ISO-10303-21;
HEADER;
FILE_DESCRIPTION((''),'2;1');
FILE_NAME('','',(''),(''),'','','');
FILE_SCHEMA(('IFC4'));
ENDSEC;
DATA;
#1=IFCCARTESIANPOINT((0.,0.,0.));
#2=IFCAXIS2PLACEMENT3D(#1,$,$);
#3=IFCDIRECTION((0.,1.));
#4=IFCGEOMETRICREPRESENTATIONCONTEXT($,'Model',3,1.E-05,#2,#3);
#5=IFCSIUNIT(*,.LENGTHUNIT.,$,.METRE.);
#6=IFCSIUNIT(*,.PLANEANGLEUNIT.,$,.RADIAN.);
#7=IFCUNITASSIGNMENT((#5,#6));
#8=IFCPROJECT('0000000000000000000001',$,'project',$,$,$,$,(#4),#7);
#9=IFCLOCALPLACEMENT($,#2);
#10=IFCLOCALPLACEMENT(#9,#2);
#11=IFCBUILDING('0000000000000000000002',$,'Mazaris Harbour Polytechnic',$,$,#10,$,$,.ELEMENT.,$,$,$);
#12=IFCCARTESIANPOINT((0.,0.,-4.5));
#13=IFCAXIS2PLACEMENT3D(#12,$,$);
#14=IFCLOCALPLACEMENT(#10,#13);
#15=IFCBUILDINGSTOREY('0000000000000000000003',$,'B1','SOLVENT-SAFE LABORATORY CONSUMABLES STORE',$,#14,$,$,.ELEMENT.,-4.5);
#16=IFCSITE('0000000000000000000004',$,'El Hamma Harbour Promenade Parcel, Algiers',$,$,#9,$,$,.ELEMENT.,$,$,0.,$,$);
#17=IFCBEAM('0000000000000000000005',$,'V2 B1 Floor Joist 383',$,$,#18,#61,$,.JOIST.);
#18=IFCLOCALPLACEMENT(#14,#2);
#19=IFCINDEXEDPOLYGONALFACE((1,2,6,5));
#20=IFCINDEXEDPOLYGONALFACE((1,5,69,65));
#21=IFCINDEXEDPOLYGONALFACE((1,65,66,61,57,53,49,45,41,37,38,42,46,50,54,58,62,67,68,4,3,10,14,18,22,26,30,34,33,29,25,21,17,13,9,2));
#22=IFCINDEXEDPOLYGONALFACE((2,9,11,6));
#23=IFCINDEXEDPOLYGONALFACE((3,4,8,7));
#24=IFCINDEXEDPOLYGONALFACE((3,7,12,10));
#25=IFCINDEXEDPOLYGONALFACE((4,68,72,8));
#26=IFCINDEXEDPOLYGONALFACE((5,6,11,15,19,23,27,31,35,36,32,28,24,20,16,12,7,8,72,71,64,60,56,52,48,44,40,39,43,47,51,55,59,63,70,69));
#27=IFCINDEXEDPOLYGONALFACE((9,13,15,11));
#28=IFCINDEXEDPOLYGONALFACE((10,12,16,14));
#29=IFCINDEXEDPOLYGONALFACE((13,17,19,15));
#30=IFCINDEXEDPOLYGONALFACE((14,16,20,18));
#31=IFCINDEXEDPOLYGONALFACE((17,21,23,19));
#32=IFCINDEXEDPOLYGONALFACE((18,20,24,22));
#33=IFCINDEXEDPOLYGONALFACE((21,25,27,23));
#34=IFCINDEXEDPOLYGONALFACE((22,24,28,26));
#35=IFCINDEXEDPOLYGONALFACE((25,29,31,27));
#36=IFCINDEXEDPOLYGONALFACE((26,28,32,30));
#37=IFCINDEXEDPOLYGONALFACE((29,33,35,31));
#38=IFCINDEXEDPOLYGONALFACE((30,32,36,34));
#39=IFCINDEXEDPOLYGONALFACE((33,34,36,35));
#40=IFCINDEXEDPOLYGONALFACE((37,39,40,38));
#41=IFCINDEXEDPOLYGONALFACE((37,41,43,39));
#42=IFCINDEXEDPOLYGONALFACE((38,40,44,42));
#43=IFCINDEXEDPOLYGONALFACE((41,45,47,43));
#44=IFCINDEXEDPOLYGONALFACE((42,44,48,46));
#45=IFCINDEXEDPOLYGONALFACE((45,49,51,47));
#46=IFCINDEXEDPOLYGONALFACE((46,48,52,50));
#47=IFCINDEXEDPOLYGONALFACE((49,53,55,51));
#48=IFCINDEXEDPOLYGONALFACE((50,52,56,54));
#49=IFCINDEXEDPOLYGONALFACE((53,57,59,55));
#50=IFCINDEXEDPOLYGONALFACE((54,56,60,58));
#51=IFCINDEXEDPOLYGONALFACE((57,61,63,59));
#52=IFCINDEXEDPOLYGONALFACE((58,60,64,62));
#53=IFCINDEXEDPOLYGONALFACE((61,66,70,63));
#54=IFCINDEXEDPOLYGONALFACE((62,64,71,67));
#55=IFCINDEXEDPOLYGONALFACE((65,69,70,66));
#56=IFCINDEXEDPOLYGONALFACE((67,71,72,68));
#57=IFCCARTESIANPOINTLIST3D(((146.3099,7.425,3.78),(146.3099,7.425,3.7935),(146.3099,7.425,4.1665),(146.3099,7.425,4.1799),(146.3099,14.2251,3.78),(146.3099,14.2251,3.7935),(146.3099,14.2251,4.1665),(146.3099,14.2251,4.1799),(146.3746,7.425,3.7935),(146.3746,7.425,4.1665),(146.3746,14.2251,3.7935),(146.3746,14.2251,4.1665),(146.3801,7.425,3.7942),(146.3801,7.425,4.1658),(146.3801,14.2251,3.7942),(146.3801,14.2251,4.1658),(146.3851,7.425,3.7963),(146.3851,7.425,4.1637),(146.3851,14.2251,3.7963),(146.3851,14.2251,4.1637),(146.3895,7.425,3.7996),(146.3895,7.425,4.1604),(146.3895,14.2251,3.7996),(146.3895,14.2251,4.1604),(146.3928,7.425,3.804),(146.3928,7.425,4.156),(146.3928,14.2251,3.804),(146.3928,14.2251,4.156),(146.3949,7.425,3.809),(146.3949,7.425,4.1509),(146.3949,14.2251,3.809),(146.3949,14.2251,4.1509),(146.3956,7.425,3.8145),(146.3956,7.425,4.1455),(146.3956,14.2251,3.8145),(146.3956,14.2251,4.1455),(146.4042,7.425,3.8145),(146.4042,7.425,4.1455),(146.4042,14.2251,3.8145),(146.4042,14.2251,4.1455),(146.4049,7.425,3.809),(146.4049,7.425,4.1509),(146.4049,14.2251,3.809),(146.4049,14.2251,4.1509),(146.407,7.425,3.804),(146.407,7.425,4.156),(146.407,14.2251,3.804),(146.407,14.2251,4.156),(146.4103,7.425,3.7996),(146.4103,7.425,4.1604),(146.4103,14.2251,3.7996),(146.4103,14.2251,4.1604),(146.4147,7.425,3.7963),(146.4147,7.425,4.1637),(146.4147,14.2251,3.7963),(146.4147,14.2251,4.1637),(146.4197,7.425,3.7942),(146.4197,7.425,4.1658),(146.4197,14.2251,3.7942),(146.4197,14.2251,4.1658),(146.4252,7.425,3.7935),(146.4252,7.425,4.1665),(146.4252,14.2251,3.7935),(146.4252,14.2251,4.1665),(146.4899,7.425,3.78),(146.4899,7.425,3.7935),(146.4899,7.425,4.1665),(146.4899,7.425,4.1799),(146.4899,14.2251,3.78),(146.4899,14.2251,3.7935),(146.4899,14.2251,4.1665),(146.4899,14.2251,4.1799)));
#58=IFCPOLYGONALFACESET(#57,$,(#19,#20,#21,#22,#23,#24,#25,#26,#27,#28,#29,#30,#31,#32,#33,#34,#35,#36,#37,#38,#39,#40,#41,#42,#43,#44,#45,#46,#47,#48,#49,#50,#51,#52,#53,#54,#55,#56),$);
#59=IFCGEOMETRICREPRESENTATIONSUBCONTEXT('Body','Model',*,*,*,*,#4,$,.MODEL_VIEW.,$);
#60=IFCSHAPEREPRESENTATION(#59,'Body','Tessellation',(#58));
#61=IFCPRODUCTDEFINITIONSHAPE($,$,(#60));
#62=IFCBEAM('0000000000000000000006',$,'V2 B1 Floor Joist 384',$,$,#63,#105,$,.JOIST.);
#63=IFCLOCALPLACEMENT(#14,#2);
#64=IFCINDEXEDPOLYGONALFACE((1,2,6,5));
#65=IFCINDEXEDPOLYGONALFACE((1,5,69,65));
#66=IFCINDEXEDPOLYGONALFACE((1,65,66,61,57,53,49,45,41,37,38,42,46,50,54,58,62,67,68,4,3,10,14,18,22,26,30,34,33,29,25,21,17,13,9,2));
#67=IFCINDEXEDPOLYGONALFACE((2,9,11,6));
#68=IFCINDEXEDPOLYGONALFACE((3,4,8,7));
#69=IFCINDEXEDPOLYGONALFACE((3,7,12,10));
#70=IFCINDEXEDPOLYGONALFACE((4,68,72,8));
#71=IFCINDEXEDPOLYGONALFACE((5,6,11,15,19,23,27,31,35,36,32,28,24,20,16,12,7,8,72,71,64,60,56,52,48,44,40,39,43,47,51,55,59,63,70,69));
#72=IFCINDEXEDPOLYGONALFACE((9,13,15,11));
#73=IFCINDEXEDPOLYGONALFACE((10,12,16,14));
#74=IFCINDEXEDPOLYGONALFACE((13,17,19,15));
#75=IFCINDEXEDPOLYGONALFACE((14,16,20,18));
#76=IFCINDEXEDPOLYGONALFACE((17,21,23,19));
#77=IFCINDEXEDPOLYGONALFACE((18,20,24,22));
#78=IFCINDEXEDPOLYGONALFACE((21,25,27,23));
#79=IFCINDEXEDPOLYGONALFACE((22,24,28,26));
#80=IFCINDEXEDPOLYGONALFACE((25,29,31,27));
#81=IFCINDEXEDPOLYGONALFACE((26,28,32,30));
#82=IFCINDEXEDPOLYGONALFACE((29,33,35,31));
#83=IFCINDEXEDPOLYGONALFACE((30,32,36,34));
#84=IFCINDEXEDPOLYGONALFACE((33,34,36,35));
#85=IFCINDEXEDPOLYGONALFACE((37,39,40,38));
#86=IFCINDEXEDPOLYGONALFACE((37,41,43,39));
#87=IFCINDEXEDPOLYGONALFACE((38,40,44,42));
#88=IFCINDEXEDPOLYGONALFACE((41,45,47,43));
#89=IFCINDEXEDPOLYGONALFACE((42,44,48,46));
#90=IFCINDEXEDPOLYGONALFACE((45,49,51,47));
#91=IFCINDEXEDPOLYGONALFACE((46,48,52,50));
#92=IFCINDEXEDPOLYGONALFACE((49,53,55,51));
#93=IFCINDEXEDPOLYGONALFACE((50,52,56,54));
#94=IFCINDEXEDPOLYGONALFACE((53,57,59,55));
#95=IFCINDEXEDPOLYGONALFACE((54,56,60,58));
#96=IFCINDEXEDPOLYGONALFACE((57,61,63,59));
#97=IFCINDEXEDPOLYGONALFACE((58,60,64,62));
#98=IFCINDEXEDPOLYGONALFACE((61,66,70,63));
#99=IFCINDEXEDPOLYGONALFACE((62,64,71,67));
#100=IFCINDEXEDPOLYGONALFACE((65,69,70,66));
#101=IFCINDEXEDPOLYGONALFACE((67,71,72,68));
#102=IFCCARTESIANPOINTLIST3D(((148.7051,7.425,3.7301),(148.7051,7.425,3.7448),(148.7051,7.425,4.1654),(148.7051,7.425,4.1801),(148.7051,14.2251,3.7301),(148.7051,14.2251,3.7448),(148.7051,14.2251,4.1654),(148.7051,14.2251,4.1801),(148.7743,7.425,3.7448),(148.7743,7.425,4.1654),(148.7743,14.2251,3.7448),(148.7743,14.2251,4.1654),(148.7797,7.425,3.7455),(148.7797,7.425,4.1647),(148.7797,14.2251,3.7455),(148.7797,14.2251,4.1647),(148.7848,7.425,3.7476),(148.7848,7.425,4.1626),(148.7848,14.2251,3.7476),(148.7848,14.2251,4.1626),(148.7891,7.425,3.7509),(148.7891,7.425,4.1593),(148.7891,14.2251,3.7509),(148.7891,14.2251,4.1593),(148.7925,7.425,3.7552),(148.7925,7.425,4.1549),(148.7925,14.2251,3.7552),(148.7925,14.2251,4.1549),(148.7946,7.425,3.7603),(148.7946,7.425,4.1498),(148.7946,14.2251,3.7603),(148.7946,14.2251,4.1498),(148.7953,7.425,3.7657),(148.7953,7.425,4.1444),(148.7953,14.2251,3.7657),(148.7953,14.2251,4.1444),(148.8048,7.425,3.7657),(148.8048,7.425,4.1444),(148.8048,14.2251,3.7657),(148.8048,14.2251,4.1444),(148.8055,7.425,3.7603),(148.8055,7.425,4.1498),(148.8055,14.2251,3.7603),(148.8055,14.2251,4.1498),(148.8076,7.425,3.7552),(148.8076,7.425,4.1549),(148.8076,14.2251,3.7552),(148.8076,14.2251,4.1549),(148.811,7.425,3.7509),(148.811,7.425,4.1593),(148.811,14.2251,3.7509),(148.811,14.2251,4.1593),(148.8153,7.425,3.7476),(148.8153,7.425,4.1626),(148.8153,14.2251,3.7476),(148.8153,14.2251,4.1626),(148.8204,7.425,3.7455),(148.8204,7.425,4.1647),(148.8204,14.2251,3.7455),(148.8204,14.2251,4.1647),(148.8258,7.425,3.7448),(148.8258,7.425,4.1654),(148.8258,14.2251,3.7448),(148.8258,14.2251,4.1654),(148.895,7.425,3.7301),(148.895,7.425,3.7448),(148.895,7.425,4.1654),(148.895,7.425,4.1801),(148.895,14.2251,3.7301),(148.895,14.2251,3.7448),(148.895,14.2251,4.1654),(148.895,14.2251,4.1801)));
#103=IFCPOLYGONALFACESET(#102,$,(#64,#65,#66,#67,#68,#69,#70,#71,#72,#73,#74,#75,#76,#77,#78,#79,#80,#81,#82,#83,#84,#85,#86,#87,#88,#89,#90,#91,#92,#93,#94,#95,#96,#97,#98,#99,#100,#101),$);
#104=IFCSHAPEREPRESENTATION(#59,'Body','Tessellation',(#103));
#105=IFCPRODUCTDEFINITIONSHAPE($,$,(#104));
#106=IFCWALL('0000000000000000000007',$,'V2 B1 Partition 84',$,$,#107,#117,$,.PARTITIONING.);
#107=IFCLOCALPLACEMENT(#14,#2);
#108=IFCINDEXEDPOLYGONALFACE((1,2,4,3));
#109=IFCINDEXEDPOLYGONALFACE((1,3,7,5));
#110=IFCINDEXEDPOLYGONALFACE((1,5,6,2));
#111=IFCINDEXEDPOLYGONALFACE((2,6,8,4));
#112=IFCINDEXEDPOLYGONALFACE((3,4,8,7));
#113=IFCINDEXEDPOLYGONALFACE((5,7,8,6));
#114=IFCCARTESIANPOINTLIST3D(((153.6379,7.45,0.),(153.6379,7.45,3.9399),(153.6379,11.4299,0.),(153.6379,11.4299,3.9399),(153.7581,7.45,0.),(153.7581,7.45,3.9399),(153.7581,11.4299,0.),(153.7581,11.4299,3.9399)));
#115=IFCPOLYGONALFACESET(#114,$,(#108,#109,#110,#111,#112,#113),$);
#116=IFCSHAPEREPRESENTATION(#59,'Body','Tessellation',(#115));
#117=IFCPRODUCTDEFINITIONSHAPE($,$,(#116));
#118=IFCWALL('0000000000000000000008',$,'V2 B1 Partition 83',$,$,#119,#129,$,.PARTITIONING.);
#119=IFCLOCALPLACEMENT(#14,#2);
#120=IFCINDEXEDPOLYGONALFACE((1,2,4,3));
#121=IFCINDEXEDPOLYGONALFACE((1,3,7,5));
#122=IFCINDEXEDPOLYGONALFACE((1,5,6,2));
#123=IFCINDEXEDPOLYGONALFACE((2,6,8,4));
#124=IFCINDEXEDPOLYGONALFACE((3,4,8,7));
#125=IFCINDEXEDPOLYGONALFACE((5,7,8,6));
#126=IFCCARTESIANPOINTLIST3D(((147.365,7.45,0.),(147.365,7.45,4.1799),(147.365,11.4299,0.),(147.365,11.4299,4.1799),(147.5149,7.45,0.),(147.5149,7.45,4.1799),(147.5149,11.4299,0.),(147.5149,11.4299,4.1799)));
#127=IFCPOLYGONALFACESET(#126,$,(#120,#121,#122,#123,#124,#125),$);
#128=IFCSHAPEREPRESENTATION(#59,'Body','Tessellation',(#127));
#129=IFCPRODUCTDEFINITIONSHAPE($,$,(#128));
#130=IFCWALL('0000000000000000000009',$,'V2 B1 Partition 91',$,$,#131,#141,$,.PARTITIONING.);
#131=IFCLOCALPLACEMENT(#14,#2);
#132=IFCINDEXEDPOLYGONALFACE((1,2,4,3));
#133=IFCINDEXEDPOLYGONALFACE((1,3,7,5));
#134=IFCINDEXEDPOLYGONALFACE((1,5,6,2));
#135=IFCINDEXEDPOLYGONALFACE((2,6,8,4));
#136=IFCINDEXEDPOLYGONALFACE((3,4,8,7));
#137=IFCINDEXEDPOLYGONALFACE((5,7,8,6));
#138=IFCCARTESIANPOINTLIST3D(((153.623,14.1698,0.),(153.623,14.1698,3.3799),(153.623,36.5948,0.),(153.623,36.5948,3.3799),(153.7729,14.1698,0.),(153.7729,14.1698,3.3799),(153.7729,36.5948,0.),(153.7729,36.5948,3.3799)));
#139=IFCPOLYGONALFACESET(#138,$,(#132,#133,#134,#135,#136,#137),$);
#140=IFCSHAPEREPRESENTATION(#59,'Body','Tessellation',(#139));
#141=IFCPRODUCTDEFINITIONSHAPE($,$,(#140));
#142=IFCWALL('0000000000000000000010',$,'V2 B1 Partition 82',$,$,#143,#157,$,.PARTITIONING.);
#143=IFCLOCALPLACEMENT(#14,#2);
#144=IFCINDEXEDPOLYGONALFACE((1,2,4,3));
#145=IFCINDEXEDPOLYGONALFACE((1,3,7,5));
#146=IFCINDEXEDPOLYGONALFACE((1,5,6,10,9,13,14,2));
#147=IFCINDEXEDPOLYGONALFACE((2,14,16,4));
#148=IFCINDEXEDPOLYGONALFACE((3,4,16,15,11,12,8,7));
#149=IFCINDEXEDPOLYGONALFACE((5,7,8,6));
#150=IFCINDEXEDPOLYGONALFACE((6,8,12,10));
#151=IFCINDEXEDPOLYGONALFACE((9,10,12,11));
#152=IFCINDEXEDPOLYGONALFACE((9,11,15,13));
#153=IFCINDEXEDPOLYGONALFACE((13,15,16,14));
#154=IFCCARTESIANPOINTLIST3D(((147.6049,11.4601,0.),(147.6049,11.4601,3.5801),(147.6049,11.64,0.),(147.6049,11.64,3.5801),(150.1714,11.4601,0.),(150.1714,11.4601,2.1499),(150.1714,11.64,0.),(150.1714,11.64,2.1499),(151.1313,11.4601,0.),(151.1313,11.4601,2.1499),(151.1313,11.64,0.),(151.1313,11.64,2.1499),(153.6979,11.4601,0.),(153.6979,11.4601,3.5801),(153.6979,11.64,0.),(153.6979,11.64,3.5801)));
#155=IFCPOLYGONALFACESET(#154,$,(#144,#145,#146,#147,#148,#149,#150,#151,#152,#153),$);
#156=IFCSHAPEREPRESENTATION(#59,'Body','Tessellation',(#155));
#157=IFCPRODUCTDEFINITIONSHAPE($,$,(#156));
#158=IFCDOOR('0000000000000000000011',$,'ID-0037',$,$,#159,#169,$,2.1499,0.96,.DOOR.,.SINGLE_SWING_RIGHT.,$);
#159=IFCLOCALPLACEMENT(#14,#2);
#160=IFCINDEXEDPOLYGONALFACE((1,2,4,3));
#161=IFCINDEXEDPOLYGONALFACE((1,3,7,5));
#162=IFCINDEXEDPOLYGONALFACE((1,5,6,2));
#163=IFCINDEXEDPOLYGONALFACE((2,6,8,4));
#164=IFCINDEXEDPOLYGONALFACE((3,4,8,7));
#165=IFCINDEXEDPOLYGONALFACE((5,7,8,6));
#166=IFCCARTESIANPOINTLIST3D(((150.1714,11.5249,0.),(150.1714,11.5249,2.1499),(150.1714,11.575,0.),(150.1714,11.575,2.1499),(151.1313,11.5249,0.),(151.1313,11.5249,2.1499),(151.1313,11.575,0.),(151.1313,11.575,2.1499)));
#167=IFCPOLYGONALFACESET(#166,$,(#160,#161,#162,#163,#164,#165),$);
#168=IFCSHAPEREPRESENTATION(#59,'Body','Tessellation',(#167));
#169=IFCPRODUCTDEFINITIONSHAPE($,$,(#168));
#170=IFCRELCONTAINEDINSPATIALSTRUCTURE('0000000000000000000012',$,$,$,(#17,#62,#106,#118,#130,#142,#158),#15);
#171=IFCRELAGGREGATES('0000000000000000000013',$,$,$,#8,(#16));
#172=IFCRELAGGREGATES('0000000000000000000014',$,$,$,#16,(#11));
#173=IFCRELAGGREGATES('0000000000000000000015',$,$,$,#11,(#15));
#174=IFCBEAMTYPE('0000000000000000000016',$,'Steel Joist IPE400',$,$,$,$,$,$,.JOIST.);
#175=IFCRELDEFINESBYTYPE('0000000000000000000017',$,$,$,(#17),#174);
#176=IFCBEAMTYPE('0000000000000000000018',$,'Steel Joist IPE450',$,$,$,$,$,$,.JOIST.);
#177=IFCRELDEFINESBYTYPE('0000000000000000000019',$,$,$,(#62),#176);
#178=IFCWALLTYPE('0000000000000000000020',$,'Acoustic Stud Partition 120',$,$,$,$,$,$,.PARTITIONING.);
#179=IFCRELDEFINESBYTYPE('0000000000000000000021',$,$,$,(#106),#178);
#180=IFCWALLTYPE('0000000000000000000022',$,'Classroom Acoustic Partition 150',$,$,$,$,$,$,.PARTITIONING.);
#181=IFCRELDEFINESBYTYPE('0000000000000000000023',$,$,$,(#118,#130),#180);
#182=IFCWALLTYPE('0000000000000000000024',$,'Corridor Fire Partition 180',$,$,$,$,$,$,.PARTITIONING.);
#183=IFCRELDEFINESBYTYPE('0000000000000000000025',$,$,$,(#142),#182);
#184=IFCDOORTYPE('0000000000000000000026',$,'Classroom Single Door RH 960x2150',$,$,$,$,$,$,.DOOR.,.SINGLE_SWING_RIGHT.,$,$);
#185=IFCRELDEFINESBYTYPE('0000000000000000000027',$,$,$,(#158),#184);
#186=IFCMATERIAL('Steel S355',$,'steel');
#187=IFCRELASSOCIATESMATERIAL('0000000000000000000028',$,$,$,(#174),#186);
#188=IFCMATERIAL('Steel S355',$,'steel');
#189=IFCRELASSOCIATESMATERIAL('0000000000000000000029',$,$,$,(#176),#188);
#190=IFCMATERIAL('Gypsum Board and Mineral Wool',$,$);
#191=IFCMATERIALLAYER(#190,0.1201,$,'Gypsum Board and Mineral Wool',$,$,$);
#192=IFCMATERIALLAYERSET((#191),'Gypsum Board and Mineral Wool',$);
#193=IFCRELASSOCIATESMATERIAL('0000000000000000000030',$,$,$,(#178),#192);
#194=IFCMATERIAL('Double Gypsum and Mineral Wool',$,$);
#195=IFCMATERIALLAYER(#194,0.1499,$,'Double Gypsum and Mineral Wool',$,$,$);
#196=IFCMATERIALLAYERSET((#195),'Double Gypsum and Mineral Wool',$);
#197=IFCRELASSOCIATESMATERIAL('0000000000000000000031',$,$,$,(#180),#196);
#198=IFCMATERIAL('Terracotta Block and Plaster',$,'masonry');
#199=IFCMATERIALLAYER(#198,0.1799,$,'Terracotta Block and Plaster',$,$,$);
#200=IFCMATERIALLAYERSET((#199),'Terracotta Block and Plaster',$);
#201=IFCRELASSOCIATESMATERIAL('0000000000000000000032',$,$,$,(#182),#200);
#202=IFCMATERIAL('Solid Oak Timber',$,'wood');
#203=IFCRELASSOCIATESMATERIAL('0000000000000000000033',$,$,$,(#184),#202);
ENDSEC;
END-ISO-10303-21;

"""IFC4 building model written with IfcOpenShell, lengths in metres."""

from ifc_helpers import new_model, si_unit, direction, frame, frame_2d, origin, origin_2d, place, context, subcontext, project, spatial, rectangle, i_section, extrude, material, layer, layer_set, material_profile, profile_set, type_object, element, fill, save


model = new_model("IFC4")

# Units and contexts
model_context = context("Model", 3, precision=1e-05, world=origin(), true_north=direction((0.0, 1.0)))
body_context = subcontext(model_context, "Body", "Model", "MODEL_VIEW")
ifc_project = project(units=[si_unit("LENGTHUNIT", "METRE"), si_unit("PLANEANGLEUNIT", "RADIAN")], contexts=[model_context])

# Site, building, storey
site_placement = place(None, origin())
site = spatial("IfcSite", under=ifc_project, at=site_placement, Name="El Hamma Harbour Promenade Parcel, Algiers", CompositionType="ELEMENT", RefElevation=0.0)
building_placement = place(site_placement, origin())
building = spatial("IfcBuilding", under=site, at=building_placement, Name="Mazaris Harbour Polytechnic", CompositionType="ELEMENT")
storey_placement = place(building_placement, frame((0.0, 0.0, -4.5)))
storey = spatial("IfcBuildingStorey", under=building, at=storey_placement, Name="B1", Description="SOLVENT-SAFE LABORATORY CONSUMABLES STORE", CompositionType="ELEMENT", Elevation=-4.5)

# Beams
ifc_material_1 = material(Name="Steel S355", Category="steel")
ifc_material_profile_1 = material_profile(ifc_material_1, i_section(OverallWidth=0.1799, OverallDepth=0.3999, WebThickness=0.0085, FlangeThickness=0.0134, FilletRadius=0.021, at=origin_2d()), Name="IPE 400")
ifc_profile_set_1 = profile_set([ifc_material_profile_1], Name="Steel S355")
beam_type_1 = type_object("IfcBeamType", Name="Steel Joist IPE400", PredefinedType="JOIST", material=ifc_profile_set_1)
beam_1_placement = place(storey_placement, frame((146.3999, 7.425, 3.98), z_axis=(0.0, 1.0, 0.0), x_axis=(-1.0, 0.0, 0.0)))
element("IfcBeam", 1, at=beam_1_placement, inside=storey, type_object=beam_type_1, Name="V2 B1 Floor Joist 383", PredefinedType="JOIST", context=body_context, shape_type="SweptSolid", body=[
    extrude(i_section(OverallWidth=0.1799, OverallDepth=0.3999, WebThickness=0.0085, FlangeThickness=0.0134, FilletRadius=0.021, at=origin_2d()), origin(), (0.0, 0.0, 1.0), 6.8),
])
ifc_material_2 = material(Name="Steel S355", Category="steel")
ifc_material_profile_2 = material_profile(ifc_material_2, i_section(OverallWidth=0.1899, OverallDepth=0.45, WebThickness=0.0095, FlangeThickness=0.0146, FilletRadius=0.021, at=origin_2d()), Name="IPE 450")
ifc_profile_set_2 = profile_set([ifc_material_profile_2], Name="Steel S355")
beam_type_2 = type_object("IfcBeamType", Name="Steel Joist IPE450", PredefinedType="JOIST", material=ifc_profile_set_2)
beam_2_placement = place(storey_placement, frame((148.8, 7.425, 3.9551), z_axis=(0.0, 1.0, 0.0), x_axis=(-1.0, 0.0, 0.0)))
element("IfcBeam", 2, at=beam_2_placement, inside=storey, type_object=beam_type_2, Name="V2 B1 Floor Joist 384", PredefinedType="JOIST", context=body_context, shape_type="SweptSolid", body=[
    extrude(i_section(OverallWidth=0.1899, OverallDepth=0.45, WebThickness=0.0095, FlangeThickness=0.0146, FilletRadius=0.021, at=origin_2d()), origin(), (0.0, 0.0, 1.0), 6.8),
])

# Walls
ifc_material_3 = material(Name="Gypsum Board and Mineral Wool")
ifc_layer_1 = layer(ifc_material_3, 0.1201, Name="Gypsum Board and Mineral Wool")
ifc_layer_set_1 = layer_set([ifc_layer_1], Name="Gypsum Board and Mineral Wool")
wall_type_1 = type_object("IfcWallType", Name="Acoustic Stud Partition 120", PredefinedType="PARTITIONING", material=ifc_layer_set_1)
wall_1_placement = place(storey_placement, frame((153.698, 7.45, 0.0), z_axis=(0.0, 0.0, 1.0), x_axis=(0.0, 1.0, 0.0)))
element("IfcWall", 3, at=wall_1_placement, inside=storey, type_object=wall_type_1, Name="V2 B1 Partition 84", PredefinedType="PARTITIONING", context=body_context, shape_type="SweptSolid", body=[
    extrude(rectangle(XDim=3.98, YDim=0.1201, at=frame_2d((1.99, 0.0))), origin(), (0.0, 0.0, 1.0), 3.9399),
])
ifc_material_4 = material(Name="Double Gypsum and Mineral Wool")
ifc_layer_2 = layer(ifc_material_4, 0.1499, Name="Double Gypsum and Mineral Wool")
ifc_layer_set_2 = layer_set([ifc_layer_2], Name="Double Gypsum and Mineral Wool")
wall_type_2 = type_object("IfcWallType", Name="Classroom Acoustic Partition 150", PredefinedType="PARTITIONING", material=ifc_layer_set_2)
wall_2_placement = place(storey_placement, frame((147.4399, 7.45, 0.0), z_axis=(0.0, 0.0, 1.0), x_axis=(0.0, 1.0, 0.0)))
element("IfcWall", 4, at=wall_2_placement, inside=storey, type_object=wall_type_2, Name="V2 B1 Partition 83", PredefinedType="PARTITIONING", context=body_context, shape_type="SweptSolid", body=[
    extrude(rectangle(XDim=3.98, YDim=0.1499, at=frame_2d((1.99, 0.0))), origin(), (0.0, 0.0, 1.0), 4.1799),
])
wall_3_placement = place(storey_placement, frame((153.698, 14.1699, 0.0), z_axis=(0.0, 0.0, 1.0), x_axis=(0.0, 1.0, 0.0)))
element("IfcWall", 5, at=wall_3_placement, inside=storey, type_object=wall_type_2, Name="V2 B1 Partition 91", PredefinedType="PARTITIONING", context=body_context, shape_type="SweptSolid", body=[
    extrude(rectangle(XDim=22.425, YDim=0.1499, at=frame_2d((11.2124, 0.0))), origin(), (0.0, 0.0, 1.0), 3.3799),
])

# Wall, opening, door
ifc_material_5 = material(Name="Terracotta Block and Plaster", Category="masonry")
ifc_layer_3 = layer(ifc_material_5, 0.1799, Name="Terracotta Block and Plaster")
ifc_layer_set_3 = layer_set([ifc_layer_3], Name="Terracotta Block and Plaster")
wall_type_3 = type_object("IfcWallType", Name="Corridor Fire Partition 180", PredefinedType="PARTITIONING", material=ifc_layer_set_3)
wall_4_placement = place(storey_placement, frame((147.605, 11.55, 0.0), z_axis=(0.0, 0.0, 1.0), x_axis=(1.0, 0.0, 0.0)))
wall_4 = element("IfcWall", 6, at=wall_4_placement, inside=storey, type_object=wall_type_3, Name="V2 B1 Partition 82", PredefinedType="PARTITIONING", context=body_context, shape_type="SweptSolid", body=[
    extrude(rectangle(XDim=6.093, YDim=0.1799, at=frame_2d((3.0464, 0.0))), origin(), (0.0, 0.0, 1.0), 3.5801),
])
opening_1_placement = place(wall_4_placement, frame((2.5664, 0.0, 0.0)))
opening_1 = element("IfcOpeningElement", 7, at=opening_1_placement, cuts=wall_4, PredefinedType="OPENING", context=body_context, shape_type="SweptSolid", body=[
    extrude(rectangle(XDim=0.96, YDim=2.1499, at=frame_2d((0.48, 1.075))), frame((0.0, 0.0999, 0.0), z_axis=(0.0, -1.0, 0.0), x_axis=(1.0, 0.0, 0.0)), (0.0, 0.0, 1.0), 0.2),
])
ifc_material_6 = material(Name="Solid Oak Timber", Category="wood")
door_type_1 = type_object("IfcDoorType", Name="Classroom Single Door RH 960x2150", OperationType="SINGLE_SWING_RIGHT", PredefinedType="DOOR", material=ifc_material_6)
door_1_placement = place(opening_1_placement, origin())
door_1 = element("IfcDoor", 8, at=door_1_placement, inside=storey, type_object=door_type_1, Name="ID-0037", OperationType="SINGLE_SWING_RIGHT", OverallHeight=2.1499, OverallWidth=0.96, PredefinedType="DOOR", context=body_context, shape_type="SweptSolid", body=[
    extrude(rectangle(XDim=0.96, YDim=2.1499, at=frame_2d((0.48, 1.075))), frame((0.0, 0.0249, 0.0), z_axis=(0.0, -1.0, 0.0), x_axis=(1.0, 0.0, 0.0)), (0.0, 0.0, 1.0), 0.05),
])
fill(opening_1, door_1)

save(model, "model.ifc")
